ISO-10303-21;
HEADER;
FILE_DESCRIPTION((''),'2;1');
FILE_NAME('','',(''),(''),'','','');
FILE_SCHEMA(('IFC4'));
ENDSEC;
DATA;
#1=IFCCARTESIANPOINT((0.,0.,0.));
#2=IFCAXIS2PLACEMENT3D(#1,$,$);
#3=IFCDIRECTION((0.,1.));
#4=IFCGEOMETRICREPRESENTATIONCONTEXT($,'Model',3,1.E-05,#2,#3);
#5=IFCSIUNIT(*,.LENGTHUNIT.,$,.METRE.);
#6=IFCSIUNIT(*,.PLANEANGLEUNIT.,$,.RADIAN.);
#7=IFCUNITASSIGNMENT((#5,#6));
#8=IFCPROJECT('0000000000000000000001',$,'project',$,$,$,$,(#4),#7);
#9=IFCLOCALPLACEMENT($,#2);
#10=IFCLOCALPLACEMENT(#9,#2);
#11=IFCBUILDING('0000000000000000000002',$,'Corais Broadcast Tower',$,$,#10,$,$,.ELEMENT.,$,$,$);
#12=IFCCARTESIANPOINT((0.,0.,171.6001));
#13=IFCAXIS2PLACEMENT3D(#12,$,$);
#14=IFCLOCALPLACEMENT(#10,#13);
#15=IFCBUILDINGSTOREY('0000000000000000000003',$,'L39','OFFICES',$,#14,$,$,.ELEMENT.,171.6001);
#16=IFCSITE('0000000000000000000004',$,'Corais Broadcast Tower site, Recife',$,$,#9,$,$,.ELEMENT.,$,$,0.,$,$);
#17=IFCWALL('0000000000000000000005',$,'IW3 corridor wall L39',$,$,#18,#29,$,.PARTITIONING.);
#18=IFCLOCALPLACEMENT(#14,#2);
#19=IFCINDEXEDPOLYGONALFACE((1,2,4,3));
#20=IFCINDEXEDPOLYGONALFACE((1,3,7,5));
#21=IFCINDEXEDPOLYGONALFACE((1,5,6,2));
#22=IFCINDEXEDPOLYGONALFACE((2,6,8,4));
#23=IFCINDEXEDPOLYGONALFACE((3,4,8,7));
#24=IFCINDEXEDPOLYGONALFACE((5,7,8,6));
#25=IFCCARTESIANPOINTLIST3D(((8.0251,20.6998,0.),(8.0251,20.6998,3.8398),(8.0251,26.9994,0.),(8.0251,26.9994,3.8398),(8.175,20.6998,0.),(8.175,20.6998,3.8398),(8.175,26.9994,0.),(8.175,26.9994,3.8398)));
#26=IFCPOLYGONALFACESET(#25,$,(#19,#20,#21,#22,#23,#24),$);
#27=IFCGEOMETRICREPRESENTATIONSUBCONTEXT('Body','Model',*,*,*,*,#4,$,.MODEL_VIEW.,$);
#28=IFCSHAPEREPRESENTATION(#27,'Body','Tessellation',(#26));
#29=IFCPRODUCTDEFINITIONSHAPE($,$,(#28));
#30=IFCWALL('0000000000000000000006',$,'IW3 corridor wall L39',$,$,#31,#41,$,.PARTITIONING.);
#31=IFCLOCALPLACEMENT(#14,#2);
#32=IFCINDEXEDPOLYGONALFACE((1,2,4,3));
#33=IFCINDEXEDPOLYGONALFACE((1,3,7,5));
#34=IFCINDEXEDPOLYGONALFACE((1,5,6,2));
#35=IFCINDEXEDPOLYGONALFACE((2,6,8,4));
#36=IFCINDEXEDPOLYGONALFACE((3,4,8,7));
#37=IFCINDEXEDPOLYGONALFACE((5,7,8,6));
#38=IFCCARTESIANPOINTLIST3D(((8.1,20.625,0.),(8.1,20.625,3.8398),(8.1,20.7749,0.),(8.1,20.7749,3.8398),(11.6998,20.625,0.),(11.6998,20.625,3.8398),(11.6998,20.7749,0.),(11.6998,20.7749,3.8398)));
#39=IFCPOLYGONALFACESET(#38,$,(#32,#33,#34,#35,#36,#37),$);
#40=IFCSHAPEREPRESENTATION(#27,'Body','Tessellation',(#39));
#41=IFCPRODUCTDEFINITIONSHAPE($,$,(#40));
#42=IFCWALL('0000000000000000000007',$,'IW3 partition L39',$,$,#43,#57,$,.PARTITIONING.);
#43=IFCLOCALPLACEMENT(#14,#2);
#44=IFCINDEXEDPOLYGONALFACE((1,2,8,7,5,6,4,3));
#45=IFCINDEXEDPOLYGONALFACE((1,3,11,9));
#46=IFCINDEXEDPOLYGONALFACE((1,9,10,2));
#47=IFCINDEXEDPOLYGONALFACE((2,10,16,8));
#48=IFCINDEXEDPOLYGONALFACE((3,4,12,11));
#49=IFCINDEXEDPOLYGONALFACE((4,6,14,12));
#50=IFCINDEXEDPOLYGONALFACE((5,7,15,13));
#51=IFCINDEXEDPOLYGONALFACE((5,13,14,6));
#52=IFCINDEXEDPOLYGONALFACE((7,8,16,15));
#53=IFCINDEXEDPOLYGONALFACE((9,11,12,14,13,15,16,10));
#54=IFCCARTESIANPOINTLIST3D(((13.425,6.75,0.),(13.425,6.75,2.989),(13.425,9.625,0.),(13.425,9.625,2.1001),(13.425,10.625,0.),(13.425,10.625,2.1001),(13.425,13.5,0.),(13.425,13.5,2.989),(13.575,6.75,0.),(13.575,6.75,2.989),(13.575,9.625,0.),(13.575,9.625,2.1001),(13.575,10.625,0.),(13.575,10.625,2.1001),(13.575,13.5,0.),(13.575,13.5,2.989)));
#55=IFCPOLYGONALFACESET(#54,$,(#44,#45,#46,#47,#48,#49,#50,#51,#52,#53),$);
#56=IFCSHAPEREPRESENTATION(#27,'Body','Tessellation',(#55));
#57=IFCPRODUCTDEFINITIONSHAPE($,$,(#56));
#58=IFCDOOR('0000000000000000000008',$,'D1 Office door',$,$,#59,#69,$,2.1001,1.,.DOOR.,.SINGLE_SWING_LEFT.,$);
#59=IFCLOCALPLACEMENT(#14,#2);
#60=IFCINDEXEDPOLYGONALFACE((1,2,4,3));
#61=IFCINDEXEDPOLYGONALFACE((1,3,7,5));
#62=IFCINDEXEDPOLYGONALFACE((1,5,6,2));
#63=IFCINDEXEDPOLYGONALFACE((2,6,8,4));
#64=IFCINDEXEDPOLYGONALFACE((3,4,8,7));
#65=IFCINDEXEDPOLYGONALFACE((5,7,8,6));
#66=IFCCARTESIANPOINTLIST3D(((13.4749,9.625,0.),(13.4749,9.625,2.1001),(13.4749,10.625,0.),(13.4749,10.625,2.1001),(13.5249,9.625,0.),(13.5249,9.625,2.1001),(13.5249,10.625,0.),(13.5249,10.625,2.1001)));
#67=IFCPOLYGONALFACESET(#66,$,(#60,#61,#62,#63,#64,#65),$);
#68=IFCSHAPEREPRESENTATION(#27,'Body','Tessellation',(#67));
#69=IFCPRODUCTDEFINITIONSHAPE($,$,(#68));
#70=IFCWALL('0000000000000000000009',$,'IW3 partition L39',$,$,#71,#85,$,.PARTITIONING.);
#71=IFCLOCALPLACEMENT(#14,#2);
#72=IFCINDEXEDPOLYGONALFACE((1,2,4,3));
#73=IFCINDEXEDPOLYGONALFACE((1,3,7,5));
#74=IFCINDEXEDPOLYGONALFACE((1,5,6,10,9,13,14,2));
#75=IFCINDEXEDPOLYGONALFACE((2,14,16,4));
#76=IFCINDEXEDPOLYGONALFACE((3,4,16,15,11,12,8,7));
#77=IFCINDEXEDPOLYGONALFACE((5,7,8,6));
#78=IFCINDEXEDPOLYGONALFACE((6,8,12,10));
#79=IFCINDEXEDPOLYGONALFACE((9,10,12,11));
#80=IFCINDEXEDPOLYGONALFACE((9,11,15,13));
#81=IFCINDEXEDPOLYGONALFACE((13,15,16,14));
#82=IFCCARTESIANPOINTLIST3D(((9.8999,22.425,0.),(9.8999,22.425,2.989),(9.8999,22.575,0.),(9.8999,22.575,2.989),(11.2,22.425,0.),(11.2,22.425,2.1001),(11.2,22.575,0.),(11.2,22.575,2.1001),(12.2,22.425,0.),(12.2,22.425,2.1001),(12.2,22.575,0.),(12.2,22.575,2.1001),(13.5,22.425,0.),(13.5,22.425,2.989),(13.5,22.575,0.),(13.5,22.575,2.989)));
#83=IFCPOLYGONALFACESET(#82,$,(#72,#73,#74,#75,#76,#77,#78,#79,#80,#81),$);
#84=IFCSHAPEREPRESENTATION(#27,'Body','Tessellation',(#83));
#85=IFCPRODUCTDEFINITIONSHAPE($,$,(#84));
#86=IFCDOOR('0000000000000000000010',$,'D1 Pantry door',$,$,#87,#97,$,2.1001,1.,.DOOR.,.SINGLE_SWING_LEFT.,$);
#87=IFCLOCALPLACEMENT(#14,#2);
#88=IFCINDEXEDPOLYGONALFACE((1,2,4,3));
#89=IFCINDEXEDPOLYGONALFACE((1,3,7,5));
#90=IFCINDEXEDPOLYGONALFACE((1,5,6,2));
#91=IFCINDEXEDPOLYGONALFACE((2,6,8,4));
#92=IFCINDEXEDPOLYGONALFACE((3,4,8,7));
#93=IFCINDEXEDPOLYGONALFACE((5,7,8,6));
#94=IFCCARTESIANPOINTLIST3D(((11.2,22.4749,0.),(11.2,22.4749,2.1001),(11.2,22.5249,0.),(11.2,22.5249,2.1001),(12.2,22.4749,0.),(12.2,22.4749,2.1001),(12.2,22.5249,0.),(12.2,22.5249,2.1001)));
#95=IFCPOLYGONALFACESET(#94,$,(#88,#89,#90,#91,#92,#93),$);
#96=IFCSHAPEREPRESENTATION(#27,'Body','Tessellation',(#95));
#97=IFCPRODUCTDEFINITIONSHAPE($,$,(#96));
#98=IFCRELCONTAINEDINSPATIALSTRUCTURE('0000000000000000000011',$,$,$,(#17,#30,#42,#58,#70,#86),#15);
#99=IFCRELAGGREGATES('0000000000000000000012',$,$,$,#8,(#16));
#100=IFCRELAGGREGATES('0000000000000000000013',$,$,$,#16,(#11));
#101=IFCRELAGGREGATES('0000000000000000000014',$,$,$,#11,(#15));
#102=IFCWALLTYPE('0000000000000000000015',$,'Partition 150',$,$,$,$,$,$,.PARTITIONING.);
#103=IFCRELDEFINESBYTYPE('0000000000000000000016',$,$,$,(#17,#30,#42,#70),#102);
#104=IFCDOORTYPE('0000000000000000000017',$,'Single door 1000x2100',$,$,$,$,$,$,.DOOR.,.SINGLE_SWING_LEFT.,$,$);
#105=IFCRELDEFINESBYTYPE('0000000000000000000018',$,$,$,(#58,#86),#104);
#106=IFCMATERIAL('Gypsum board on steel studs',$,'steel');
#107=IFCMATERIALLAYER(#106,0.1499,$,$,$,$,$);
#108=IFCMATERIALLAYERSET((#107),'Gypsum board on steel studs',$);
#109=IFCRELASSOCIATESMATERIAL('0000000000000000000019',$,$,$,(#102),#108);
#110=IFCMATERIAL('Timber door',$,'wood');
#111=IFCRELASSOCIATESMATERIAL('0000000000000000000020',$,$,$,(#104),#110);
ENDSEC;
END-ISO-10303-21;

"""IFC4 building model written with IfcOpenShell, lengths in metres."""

from ifc_helpers import new_model, si_unit, direction, frame, frame_2d, origin, place, context, subcontext, project, spatial, rectangle, extrude, material, layer, layer_set, type_object, element, fill, save


model = new_model("IFC4")

# Units and contexts
model_context = context("Model", 3, precision=1e-05, world=origin(), true_north=direction((0.0, 1.0)))
body_context = subcontext(model_context, "Body", "Model", "MODEL_VIEW")
ifc_project = project(units=[si_unit("LENGTHUNIT", "METRE"), si_unit("PLANEANGLEUNIT", "RADIAN")], contexts=[model_context])

# Site, building, storey
site_placement = place(None, origin())
site = spatial("IfcSite", under=ifc_project, at=site_placement, Name="Corais Broadcast Tower site, Recife", CompositionType="ELEMENT", RefElevation=0.0)
building_placement = place(site_placement, origin())
building = spatial("IfcBuilding", under=site, at=building_placement, Name="Corais Broadcast Tower", CompositionType="ELEMENT")
storey_placement = place(building_placement, frame((0.0, 0.0, 171.6001)))
storey = spatial("IfcBuildingStorey", under=building, at=storey_placement, Name="L39", Description="OFFICES", CompositionType="ELEMENT", Elevation=171.6001)

# Shared definitions
ifc_material_1 = material(Name="Gypsum board on steel studs", Category="steel")
ifc_layer_1 = layer(ifc_material_1, 0.1499)
ifc_layer_set_1 = layer_set([ifc_layer_1], Name="Gypsum board on steel studs")
wall_type_1 = type_object("IfcWallType", Name="Partition 150", PredefinedType="PARTITIONING", material=ifc_layer_set_1)
ifc_material_2 = material(Name="Timber door", Category="wood")
door_type = type_object("IfcDoorType", Name="Single door 1000x2100", OperationType="SINGLE_SWING_LEFT", PredefinedType="DOOR", material=ifc_material_2)

# Walls
wall_1_placement = place(storey_placement, frame((8.1001, 26.9995, 0.0), z_axis=(0.0, 0.0, 1.0), x_axis=(0.0, -1.0, 0.0)))
element("IfcWall", 1, at=wall_1_placement, inside=storey, type_object=wall_type_1, Name="IW3 corridor wall L39", PredefinedType="PARTITIONING", context=body_context, shape_type="SweptSolid", body=[
    extrude(rectangle(XDim=6.2996, YDim=0.1499, at=frame_2d((3.1499, 0.0))), origin(), (0.0, 0.0, 1.0), 3.8398),
])
wall_2_placement = place(storey_placement, frame((8.1001, 20.7, 0.0), z_axis=(0.0, 0.0, 1.0), x_axis=(1.0, 0.0, 0.0)))
element("IfcWall", 2, at=wall_2_placement, inside=storey, type_object=wall_type_1, Name="IW3 corridor wall L39", PredefinedType="PARTITIONING", context=body_context, shape_type="SweptSolid", body=[
    extrude(rectangle(XDim=3.5999, YDim=0.1499, at=frame_2d((1.7998, 0.0))), origin(), (0.0, 0.0, 1.0), 3.8398),
])

# Walls, openings, doors
wall_3_placement = place(storey_placement, frame((13.5, 13.5, 0.0), z_axis=(0.0, 0.0, 1.0), x_axis=(0.0, -1.0, 0.0)))
wall_3 = element("IfcWall", 3, at=wall_3_placement, inside=storey, type_object=wall_type_1, Name="IW3 partition L39", PredefinedType="PARTITIONING", context=body_context, shape_type="SweptSolid", body=[
    extrude(rectangle(XDim=6.75, YDim=0.1499, at=frame_2d((3.375, 0.0))), origin(), (0.0, 0.0, 1.0), 2.989),
])
opening_1_placement = place(wall_3_placement, frame((2.875, 0.0, 0.0)))
opening_1 = element("IfcOpeningElement", 4, at=opening_1_placement, cuts=wall_3, PredefinedType="OPENING", context=body_context, shape_type="SweptSolid", body=[
    extrude(rectangle(XDim=1.0, YDim=2.1001, at=frame_2d((0.5, 1.05))), frame((0.0, 0.085, 0.0), z_axis=(0.0, -1.0, 0.0), x_axis=(1.0, 0.0, 0.0)), (0.0, 0.0, 1.0), 0.1699),
])
door_1_placement = place(opening_1_placement, origin())
door_1 = element("IfcDoor", 5, at=door_1_placement, inside=storey, type_object=door_type, Name="D1 Office door", OperationType="SINGLE_SWING_LEFT", OverallHeight=2.1001, OverallWidth=1.0, PredefinedType="DOOR", context=body_context, shape_type="SweptSolid", body=[
    extrude(rectangle(XDim=1.0, YDim=2.1001, at=frame_2d((0.5, 1.05))), frame((0.0, 0.0249, 0.0), z_axis=(0.0, -1.0, 0.0), x_axis=(1.0, 0.0, 0.0)), (0.0, 0.0, 1.0), 0.05),
])
fill(opening_1, door_1)
wall_4_placement = place(storey_placement, frame((9.8999, 22.5, 0.0), z_axis=(0.0, 0.0, 1.0), x_axis=(1.0, 0.0, 0.0)))
wall_4 = element("IfcWall", 6, at=wall_4_placement, inside=storey, type_object=wall_type_1, Name="IW3 partition L39", PredefinedType="PARTITIONING", context=body_context, shape_type="SweptSolid", body=[
    extrude(rectangle(XDim=3.6001, YDim=0.1499, at=frame_2d((1.8, 0.0))), origin(), (0.0, 0.0, 1.0), 2.989),
])
opening_2_placement = place(wall_4_placement, frame((1.3, 0.0, 0.0)))
opening_2 = element("IfcOpeningElement", 7, at=opening_2_placement, cuts=wall_4, PredefinedType="OPENING", context=body_context, shape_type="SweptSolid", body=[
    extrude(rectangle(XDim=1.0, YDim=2.1001, at=frame_2d((0.5, 1.05))), frame((0.0, 0.085, 0.0), z_axis=(0.0, -1.0, 0.0), x_axis=(1.0, 0.0, 0.0)), (0.0, 0.0, 1.0), 0.1699),
])
door_2_placement = place(opening_2_placement, origin())
door_2 = element("IfcDoor", 8, at=door_2_placement, inside=storey, type_object=door_type, Name="D1 Pantry door", OperationType="SINGLE_SWING_LEFT", OverallHeight=2.1001, OverallWidth=1.0, PredefinedType="DOOR", context=body_context, shape_type="SweptSolid", body=[
    extrude(rectangle(XDim=1.0, YDim=2.1001, at=frame_2d((0.5, 1.05))), frame((0.0, 0.0249, 0.0), z_axis=(0.0, -1.0, 0.0), x_axis=(1.0, 0.0, 0.0)), (0.0, 0.0, 1.0), 0.05),
])
fill(opening_2, door_2)

save(model, "model.ifc")
